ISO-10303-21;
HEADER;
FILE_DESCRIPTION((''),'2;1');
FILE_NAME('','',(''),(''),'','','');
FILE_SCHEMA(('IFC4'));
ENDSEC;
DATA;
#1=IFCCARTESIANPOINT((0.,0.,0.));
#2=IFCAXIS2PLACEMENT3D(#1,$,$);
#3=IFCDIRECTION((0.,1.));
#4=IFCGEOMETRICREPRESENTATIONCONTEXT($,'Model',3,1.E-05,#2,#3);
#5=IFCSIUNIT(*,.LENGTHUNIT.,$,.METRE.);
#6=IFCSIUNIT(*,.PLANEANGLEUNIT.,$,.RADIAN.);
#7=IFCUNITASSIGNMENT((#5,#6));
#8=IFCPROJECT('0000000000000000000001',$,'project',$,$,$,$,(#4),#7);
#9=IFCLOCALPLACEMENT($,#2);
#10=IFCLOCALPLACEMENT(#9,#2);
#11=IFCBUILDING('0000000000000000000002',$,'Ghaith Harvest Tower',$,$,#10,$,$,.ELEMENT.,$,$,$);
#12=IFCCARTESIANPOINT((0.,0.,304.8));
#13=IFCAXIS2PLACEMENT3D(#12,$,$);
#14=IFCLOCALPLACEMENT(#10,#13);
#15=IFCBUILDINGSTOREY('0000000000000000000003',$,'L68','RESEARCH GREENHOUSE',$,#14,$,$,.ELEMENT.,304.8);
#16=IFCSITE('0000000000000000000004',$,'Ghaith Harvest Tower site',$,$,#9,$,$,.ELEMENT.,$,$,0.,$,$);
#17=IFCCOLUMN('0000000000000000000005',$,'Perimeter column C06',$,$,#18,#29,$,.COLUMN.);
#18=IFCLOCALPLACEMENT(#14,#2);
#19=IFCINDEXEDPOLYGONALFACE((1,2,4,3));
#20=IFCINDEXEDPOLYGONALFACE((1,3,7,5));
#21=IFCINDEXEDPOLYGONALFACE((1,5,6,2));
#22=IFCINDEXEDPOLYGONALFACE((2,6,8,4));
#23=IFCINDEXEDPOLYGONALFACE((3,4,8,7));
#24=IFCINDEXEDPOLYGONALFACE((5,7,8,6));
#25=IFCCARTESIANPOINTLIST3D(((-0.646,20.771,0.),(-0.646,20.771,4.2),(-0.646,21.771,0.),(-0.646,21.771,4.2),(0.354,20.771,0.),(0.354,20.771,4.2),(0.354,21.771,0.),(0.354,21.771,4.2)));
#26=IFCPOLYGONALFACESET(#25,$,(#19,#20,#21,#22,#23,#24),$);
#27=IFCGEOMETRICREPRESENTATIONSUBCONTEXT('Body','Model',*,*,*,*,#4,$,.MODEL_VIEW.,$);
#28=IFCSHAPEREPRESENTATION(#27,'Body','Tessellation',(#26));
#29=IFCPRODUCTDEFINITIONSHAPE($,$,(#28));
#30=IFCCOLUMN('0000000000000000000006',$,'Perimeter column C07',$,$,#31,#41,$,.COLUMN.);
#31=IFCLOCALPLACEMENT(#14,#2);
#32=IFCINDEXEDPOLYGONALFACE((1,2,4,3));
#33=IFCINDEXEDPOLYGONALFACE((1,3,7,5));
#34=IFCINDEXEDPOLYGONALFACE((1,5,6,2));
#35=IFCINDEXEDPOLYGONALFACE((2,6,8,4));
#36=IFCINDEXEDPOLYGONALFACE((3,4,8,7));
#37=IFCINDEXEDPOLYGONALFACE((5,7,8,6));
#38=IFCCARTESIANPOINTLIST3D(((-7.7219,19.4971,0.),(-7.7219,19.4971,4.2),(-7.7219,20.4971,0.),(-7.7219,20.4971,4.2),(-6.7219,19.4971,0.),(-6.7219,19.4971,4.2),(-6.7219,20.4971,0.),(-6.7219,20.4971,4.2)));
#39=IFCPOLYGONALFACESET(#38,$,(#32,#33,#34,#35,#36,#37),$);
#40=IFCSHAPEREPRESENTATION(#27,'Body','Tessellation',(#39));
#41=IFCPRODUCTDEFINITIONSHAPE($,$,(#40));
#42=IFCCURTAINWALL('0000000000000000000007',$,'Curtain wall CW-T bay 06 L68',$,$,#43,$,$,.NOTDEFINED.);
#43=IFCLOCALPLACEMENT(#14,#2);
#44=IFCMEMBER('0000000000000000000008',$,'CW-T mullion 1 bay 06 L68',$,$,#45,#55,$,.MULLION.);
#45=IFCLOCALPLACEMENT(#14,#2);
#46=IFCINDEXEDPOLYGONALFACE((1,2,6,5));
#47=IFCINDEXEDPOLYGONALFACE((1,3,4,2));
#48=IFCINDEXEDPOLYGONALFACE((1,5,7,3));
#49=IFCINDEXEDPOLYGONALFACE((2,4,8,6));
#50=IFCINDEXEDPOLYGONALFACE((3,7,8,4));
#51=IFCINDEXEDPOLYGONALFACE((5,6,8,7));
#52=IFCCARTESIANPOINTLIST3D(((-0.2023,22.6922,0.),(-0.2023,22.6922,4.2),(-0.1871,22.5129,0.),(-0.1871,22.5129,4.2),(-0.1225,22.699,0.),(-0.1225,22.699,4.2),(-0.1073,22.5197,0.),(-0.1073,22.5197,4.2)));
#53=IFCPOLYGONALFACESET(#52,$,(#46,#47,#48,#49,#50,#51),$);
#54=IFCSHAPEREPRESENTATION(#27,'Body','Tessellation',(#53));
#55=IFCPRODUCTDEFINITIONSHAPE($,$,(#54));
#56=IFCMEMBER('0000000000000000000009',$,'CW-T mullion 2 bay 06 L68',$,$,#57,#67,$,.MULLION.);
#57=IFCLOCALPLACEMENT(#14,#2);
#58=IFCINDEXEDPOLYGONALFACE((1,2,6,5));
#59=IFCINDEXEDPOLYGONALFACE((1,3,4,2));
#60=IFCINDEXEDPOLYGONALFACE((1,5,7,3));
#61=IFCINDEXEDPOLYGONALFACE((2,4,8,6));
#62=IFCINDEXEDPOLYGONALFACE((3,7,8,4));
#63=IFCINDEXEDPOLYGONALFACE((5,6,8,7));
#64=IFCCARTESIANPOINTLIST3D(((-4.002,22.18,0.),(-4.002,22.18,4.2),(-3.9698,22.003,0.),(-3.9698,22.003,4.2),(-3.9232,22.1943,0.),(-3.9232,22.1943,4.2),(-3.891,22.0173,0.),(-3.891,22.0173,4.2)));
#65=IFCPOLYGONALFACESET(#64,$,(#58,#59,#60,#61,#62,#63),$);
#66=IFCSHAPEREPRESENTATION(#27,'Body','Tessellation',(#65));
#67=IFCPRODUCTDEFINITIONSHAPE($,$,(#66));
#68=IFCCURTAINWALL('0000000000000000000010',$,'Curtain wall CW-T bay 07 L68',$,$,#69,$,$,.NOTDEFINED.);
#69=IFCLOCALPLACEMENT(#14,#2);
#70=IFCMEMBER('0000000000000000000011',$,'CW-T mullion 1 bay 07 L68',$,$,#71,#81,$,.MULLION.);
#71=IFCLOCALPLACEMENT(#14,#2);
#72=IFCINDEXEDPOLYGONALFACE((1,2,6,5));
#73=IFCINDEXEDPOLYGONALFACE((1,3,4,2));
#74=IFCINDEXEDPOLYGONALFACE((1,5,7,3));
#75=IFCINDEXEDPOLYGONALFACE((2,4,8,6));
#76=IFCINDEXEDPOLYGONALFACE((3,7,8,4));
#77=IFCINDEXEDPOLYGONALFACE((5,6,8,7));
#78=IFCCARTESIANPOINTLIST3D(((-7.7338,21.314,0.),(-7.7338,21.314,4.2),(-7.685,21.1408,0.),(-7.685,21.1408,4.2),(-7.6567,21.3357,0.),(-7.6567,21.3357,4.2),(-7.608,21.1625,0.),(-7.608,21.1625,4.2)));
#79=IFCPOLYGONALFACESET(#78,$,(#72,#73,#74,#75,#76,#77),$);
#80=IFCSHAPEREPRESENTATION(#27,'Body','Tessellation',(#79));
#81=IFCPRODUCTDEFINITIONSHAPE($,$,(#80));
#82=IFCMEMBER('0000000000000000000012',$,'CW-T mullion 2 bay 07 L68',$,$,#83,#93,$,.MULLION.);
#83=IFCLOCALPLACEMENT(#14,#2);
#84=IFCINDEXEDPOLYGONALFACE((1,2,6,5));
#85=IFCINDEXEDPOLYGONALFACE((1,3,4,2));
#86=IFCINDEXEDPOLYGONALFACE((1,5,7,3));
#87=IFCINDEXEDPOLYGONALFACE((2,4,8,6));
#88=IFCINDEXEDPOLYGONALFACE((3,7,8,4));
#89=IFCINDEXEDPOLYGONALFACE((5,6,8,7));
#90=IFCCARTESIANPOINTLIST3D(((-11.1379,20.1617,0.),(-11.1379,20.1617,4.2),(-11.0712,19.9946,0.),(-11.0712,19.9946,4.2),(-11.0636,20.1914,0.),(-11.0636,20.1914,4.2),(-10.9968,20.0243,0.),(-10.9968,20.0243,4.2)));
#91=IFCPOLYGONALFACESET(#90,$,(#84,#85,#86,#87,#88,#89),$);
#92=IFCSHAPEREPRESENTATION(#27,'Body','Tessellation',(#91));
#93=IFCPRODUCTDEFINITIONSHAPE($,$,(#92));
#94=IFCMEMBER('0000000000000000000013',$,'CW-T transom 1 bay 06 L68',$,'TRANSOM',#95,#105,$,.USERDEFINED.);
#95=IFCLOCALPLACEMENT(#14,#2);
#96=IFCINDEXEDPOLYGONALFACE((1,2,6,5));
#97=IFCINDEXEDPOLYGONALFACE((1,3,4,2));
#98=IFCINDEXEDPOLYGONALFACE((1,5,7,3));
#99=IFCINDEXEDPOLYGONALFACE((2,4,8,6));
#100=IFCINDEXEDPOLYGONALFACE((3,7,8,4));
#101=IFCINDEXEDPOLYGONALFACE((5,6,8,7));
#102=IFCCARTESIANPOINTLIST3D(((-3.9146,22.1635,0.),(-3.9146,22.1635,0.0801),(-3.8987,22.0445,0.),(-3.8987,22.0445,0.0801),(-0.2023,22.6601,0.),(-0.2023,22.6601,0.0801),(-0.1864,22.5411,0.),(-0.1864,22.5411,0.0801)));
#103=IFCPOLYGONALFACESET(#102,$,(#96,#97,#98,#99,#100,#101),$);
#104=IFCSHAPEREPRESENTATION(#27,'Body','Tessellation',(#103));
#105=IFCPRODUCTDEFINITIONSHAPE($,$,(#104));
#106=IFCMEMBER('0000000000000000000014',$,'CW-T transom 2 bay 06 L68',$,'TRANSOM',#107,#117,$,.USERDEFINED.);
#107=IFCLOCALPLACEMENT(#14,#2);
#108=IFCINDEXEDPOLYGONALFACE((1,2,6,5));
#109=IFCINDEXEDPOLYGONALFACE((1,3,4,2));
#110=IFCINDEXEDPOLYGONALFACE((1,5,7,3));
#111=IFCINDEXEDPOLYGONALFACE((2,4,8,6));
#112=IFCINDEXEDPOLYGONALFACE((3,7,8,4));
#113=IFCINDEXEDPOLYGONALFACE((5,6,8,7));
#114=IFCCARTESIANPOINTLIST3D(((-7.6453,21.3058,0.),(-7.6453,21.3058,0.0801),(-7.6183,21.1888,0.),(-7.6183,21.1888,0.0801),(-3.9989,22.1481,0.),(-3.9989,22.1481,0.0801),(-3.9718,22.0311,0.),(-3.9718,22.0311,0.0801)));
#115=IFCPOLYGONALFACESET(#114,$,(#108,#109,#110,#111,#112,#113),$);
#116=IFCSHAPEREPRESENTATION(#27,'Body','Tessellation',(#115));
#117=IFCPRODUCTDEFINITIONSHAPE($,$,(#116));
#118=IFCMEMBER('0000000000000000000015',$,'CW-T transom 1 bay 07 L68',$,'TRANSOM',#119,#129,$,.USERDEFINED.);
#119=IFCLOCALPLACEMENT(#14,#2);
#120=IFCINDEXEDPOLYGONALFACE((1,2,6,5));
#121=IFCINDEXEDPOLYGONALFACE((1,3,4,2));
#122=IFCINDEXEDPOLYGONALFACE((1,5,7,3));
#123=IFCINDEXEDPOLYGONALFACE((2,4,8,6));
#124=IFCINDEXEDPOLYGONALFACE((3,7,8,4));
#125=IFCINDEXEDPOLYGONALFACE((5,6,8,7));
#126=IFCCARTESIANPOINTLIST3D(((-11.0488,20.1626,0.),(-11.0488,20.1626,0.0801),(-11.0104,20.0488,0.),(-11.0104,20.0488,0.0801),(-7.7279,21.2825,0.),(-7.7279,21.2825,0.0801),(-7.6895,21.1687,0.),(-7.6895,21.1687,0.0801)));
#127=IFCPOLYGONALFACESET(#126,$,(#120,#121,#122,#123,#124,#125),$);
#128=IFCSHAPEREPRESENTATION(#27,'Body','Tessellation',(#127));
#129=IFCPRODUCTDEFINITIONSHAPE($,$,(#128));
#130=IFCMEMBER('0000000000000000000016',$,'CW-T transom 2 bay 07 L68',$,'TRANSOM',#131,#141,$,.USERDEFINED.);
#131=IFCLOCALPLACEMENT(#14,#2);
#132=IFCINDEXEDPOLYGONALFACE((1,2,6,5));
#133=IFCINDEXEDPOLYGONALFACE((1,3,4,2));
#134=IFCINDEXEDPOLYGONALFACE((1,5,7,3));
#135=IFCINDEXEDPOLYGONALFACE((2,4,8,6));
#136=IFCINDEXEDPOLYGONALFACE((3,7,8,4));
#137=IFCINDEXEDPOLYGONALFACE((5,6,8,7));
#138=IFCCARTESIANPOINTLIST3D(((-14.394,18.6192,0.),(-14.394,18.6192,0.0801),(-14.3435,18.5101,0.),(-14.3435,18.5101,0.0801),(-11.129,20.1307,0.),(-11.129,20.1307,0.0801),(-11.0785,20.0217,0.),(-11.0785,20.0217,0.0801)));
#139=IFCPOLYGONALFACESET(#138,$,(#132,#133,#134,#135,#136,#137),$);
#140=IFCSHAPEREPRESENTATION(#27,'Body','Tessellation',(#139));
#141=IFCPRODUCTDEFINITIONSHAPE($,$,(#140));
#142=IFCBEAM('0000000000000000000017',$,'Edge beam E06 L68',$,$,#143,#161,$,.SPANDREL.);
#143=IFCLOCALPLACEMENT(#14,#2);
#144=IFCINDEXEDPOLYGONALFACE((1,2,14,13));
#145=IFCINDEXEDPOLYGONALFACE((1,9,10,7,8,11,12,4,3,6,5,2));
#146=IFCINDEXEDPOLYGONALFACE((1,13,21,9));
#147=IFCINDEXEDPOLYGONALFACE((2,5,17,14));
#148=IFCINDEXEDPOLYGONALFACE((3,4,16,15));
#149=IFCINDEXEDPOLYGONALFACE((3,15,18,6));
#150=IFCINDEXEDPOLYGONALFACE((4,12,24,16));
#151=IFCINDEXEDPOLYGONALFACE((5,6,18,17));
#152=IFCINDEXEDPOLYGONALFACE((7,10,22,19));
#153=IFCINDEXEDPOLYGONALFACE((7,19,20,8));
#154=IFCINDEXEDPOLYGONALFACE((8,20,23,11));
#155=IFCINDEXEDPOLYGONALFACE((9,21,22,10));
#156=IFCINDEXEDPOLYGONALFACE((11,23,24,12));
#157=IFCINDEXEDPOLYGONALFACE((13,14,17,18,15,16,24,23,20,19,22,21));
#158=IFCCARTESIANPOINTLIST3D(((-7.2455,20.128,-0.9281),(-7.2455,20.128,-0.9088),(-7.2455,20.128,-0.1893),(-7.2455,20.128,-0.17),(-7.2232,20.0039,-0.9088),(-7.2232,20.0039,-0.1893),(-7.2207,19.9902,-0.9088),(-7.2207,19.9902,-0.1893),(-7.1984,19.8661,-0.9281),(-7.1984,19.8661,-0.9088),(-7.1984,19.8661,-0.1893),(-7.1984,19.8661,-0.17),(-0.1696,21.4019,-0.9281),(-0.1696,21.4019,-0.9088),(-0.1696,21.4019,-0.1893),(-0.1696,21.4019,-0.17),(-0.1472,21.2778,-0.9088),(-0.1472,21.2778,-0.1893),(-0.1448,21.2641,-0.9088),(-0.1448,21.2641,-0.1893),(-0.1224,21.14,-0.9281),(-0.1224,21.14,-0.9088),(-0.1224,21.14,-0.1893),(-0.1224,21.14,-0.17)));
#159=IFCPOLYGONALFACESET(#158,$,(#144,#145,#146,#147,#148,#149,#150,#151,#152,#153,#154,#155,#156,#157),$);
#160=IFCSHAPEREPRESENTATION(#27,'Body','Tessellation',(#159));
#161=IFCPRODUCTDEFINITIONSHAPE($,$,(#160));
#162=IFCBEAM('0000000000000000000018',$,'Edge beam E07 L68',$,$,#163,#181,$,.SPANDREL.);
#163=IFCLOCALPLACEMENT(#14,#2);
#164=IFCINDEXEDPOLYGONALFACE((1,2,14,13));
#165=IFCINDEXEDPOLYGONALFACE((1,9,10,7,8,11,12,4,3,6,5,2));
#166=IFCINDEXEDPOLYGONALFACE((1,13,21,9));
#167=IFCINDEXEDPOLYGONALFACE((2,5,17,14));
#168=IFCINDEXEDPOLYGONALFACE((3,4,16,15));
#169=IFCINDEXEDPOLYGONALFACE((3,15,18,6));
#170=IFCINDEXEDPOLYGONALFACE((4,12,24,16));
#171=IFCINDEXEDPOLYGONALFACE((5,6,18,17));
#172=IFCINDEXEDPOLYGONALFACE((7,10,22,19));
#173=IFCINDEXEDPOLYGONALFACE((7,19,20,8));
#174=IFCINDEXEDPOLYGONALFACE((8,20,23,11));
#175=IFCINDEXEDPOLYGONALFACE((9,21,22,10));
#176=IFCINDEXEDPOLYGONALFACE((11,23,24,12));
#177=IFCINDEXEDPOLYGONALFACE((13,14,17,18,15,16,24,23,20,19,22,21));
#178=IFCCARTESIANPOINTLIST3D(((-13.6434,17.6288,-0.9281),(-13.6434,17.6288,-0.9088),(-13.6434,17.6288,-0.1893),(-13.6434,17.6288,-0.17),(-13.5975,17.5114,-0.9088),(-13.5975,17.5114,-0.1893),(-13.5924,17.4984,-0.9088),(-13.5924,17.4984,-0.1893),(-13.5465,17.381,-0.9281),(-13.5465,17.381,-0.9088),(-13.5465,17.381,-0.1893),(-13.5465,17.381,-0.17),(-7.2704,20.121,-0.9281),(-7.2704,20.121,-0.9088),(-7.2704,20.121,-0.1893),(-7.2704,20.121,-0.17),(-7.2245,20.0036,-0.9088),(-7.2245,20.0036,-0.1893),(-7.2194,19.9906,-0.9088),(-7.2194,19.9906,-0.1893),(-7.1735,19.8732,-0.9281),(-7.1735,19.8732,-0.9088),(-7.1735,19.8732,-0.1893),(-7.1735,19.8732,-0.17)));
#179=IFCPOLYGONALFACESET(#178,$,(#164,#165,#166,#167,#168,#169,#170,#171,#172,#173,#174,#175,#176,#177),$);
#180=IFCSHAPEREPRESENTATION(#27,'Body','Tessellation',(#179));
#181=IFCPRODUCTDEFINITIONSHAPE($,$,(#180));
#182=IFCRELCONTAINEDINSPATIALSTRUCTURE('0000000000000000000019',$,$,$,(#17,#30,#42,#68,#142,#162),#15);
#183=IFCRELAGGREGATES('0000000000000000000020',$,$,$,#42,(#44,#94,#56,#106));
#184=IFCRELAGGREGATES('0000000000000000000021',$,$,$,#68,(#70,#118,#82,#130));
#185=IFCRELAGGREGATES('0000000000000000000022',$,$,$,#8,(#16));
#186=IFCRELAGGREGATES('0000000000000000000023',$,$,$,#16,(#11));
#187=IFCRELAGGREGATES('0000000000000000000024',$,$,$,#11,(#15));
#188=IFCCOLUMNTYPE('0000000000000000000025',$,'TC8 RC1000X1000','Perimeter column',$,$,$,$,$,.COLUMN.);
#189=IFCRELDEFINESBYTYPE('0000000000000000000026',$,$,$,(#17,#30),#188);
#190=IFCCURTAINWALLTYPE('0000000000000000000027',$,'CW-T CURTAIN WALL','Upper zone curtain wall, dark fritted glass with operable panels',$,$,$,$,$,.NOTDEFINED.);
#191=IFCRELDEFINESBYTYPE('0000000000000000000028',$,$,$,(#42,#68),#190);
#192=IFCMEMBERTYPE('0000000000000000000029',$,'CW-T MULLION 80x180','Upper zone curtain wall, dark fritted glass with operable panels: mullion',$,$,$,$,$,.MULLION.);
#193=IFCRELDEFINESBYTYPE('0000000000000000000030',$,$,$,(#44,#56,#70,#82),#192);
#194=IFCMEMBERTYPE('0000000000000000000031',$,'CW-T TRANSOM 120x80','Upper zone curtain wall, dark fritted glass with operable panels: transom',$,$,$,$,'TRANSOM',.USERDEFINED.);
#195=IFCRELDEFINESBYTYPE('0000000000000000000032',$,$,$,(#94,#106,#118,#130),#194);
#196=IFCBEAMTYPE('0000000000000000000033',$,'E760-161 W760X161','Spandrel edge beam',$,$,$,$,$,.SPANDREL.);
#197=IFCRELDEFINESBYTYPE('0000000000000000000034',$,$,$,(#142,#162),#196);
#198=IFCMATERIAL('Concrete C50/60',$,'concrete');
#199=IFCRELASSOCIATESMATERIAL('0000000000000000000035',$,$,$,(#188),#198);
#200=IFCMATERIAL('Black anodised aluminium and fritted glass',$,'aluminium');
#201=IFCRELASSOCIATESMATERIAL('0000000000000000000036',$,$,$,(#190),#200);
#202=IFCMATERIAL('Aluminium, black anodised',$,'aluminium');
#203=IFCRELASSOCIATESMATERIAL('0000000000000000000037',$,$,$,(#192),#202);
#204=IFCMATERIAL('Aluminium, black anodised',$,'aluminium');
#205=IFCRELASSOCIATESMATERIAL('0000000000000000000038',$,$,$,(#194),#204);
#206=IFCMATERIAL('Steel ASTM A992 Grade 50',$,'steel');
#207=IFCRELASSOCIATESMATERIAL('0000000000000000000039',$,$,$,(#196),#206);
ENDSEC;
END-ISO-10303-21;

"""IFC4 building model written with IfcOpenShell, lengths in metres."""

from ifc_helpers import new_model, si_unit, direction, frame, origin, origin_2d, place, context, subcontext, project, spatial, rectangle, i_section, extrude, material, material_profile, profile_set, type_object, element, aggregate, save


model = new_model("IFC4")

# Units and contexts
model_context = context("Model", 3, precision=1e-05, world=origin(), true_north=direction((0.0, 1.0)))
body_context = subcontext(model_context, "Body", "Model", "MODEL_VIEW")
ifc_project = project(units=[si_unit("LENGTHUNIT", "METRE"), si_unit("PLANEANGLEUNIT", "RADIAN")], contexts=[model_context])

# Site, building, storey
site_placement = place(None, origin())
site = spatial("IfcSite", under=ifc_project, at=site_placement, Name="Ghaith Harvest Tower site", CompositionType="ELEMENT", RefElevation=0.0)
building_placement = place(site_placement, origin())
building = spatial("IfcBuilding", under=site, at=building_placement, Name="Ghaith Harvest Tower", CompositionType="ELEMENT")
storey_placement = place(building_placement, frame((0.0, 0.0, 304.8)))
storey = spatial("IfcBuildingStorey", under=building, at=storey_placement, Name="L68", Description="RESEARCH GREENHOUSE", CompositionType="ELEMENT", Elevation=304.8)

# Columns
ifc_material_1 = material(Name="Concrete C50/60", Category="concrete")
ifc_material_profile_1 = material_profile(ifc_material_1, rectangle(XDim=1.0, YDim=1.0, at=origin_2d()), Name="RC1000X1000")
ifc_profile_set_1 = profile_set([ifc_material_profile_1], Name="Concrete C50/60")
column_type = type_object("IfcColumnType", Name="TC8 RC1000X1000", Description="Perimeter column", PredefinedType="COLUMN", material=ifc_profile_set_1)
for number, where, z_axis, x_axis, name in (
    (1, (-0.146, 21.271, 0.0), (0.0, 0.0, 1.0), (1.0, 0.0, 0.0), "Perimeter column C06"),
    (2, (-7.2219, 19.9971, 0.0), (0.0, 0.0, 1.0), (1.0, 0.0, 0.0), "Perimeter column C07"),
):
    element("IfcColumn", number, at=place(storey_placement, frame(where, z_axis=z_axis, x_axis=x_axis)), inside=storey, type_object=column_type, Name=name, PredefinedType="COLUMN", context=body_context, shape_type="SweptSolid", body=[
        extrude(rectangle(XDim=1.0, YDim=1.0, at=origin_2d()), origin(), (0.0, 0.0, 1.0), 4.2),
    ])

# Curtain walls, members
ifc_material_2 = material(Name="Black anodised aluminium and fritted glass", Category="aluminium")
curtain_wall_type = type_object("IfcCurtainWallType", Name="CW-T CURTAIN WALL", Description="Upper zone curtain wall, dark fritted glass with operable panels", PredefinedType="NOTDEFINED", material=ifc_material_2)
curtain_wall_1_placement = place(storey_placement, origin())
curtain_wall_1 = element("IfcCurtainWall", 3, at=curtain_wall_1_placement, inside=storey, type_object=curtain_wall_type, Name="Curtain wall CW-T bay 06 L68", PredefinedType="NOTDEFINED")
ifc_material_3 = material(Name="Aluminium, black anodised", Category="aluminium")
ifc_material_profile_2 = material_profile(ifc_material_3, rectangle(XDim=0.0801, YDim=0.1799, at=origin_2d()), Name="CW-T MULLION 80x180")
ifc_profile_set_2 = profile_set([ifc_material_profile_2], Name="Aluminium, black anodised")
member_type_1 = type_object("IfcMemberType", Name="CW-T MULLION 80x180", Description="Upper zone curtain wall, dark fritted glass with operable panels: mullion", PredefinedType="MULLION", material=ifc_profile_set_2)
member_1_placement = place(storey_placement, frame((-0.1548, 22.606, 0.0), z_axis=(0.0, 0.0, 1.0), x_axis=(-0.996415, -0.084602, 0.0)))
member_1 = element("IfcMember", 4, at=member_1_placement, type_object=member_type_1, Name="CW-T mullion 1 bay 06 L68", PredefinedType="MULLION", context=body_context, shape_type="SweptSolid", body=[
    extrude(rectangle(XDim=0.0801, YDim=0.1799, at=origin_2d()), origin(), (0.0, 0.0, 1.0), 4.2),
])
member_2_placement = place(storey_placement, frame((-3.9465, 22.0986, 0.0), z_axis=(0.0, 0.0, 1.0), x_axis=(-0.983843, -0.179031, 0.0)))
member_2 = element("IfcMember", 5, at=member_2_placement, type_object=member_type_1, Name="CW-T mullion 2 bay 06 L68", PredefinedType="MULLION", context=body_context, shape_type="SweptSolid", body=[
    extrude(rectangle(XDim=0.0801, YDim=0.1799, at=origin_2d()), origin(), (0.0, 0.0, 1.0), 4.2),
])
curtain_wall_2_placement = place(storey_placement, origin())
curtain_wall_2 = element("IfcCurtainWall", 6, at=curtain_wall_2_placement, inside=storey, type_object=curtain_wall_type, Name="Curtain wall CW-T bay 07 L68", PredefinedType="NOTDEFINED")
member_3_placement = place(storey_placement, frame((-7.6709, 21.2383, 0.0), z_axis=(0.0, 0.0, 1.0), x_axis=(-0.962552, -0.271095, 0.0)))
member_3 = element("IfcMember", 7, at=member_3_placement, type_object=member_type_1, Name="CW-T mullion 1 bay 07 L68", PredefinedType="MULLION", context=body_context, shape_type="SweptSolid", body=[
    extrude(rectangle(XDim=0.0801, YDim=0.1799, at=origin_2d()), origin(), (0.0, 0.0, 1.0), 4.2),
])
member_4_placement = place(storey_placement, frame((-11.0674, 20.093, 0.0), z_axis=(0.0, 0.0, 1.0), x_axis=(-0.928624, -0.371021, 0.0)))
member_4 = element("IfcMember", 8, at=member_4_placement, type_object=member_type_1, Name="CW-T mullion 2 bay 07 L68", PredefinedType="MULLION", context=body_context, shape_type="SweptSolid", body=[
    extrude(rectangle(XDim=0.0801, YDim=0.1799, at=origin_2d()), origin(), (0.0, 0.0, 1.0), 4.2),
])

# Members
ifc_material_4 = material(Name="Aluminium, black anodised", Category="aluminium")
ifc_material_profile_3 = material_profile(ifc_material_4, rectangle(XDim=0.1201, YDim=0.0801, at=origin_2d()), Name="CW-T TRANSOM 120x80")
ifc_profile_set_3 = profile_set([ifc_material_profile_3], Name="Aluminium, black anodised")
member_type_2 = type_object("IfcMemberType", Name="CW-T TRANSOM 120x80", Description="Upper zone curtain wall, dark fritted glass with operable panels: transom", ElementType="TRANSOM", PredefinedType="USERDEFINED", material=ifc_profile_set_3)
member_5_placement = place(storey_placement, frame((-0.1943, 22.6006, 0.04), z_axis=(-0.991172, -0.132582, 0.0), x_axis=(0.132582, -0.991172, 0.0)))
member_5 = element("IfcMember", 9, at=member_5_placement, type_object=member_type_2, Name="CW-T transom 1 bay 06 L68", ObjectType="TRANSOM", PredefinedType="USERDEFINED", context=body_context, shape_type="SweptSolid", body=[
    extrude(rectangle(XDim=0.1201, YDim=0.0801, at=origin_2d()), origin(), (0.0, 0.0, 1.0), 3.7454),
])
member_6_placement = place(storey_placement, frame((-3.9854, 22.0896, 0.04), z_axis=(-0.974345, -0.22506, 0.0), x_axis=(0.22506, -0.974345, 0.0)))
member_6 = element("IfcMember", 10, at=member_6_placement, type_object=member_type_2, Name="CW-T transom 2 bay 06 L68", ObjectType="TRANSOM", PredefinedType="USERDEFINED", context=body_context, shape_type="SweptSolid", body=[
    extrude(rectangle(XDim=0.1201, YDim=0.0801, at=origin_2d()), origin(), (0.0, 0.0, 1.0), 3.7424),
])
member_7_placement = place(storey_placement, frame((-7.7087, 21.2256, 0.04), z_axis=(-0.94757, -0.319549, 0.0), x_axis=(0.319549, -0.94757, 0.0)))
member_7 = element("IfcMember", 11, at=member_7_placement, type_object=member_type_2, Name="CW-T transom 1 bay 07 L68", ObjectType="TRANSOM", PredefinedType="USERDEFINED", context=body_context, shape_type="SweptSolid", body=[
    extrude(rectangle(XDim=0.1201, YDim=0.0801, at=origin_2d()), origin(), (0.0, 0.0, 1.0), 3.5046),
])
member_8_placement = place(storey_placement, frame((-11.1038, 20.0762, 0.04), z_axis=(-0.907472, -0.420112, 0.0), x_axis=(0.420112, -0.907472, 0.0)))
member_8 = element("IfcMember", 12, at=member_8_placement, type_object=member_type_2, Name="CW-T transom 2 bay 07 L68", ObjectType="TRANSOM", PredefinedType="USERDEFINED", context=body_context, shape_type="SweptSolid", body=[
    extrude(rectangle(XDim=0.1201, YDim=0.0801, at=origin_2d()), origin(), (0.0, 0.0, 1.0), 3.5979),
])

# Beams
ifc_material_5 = material(Name="Steel ASTM A992 Grade 50", Category="steel")
ifc_material_profile_4 = material_profile(ifc_material_5, i_section(OverallWidth=0.2661, OverallDepth=0.7581, WebThickness=0.0139, FlangeThickness=0.0193, at=origin_2d()), Name="W760X161")
ifc_profile_set_4 = profile_set([ifc_material_profile_4], Name="Steel ASTM A992 Grade 50")
beam_type_1 = type_object("IfcBeamType", Name="E760-161 W760X161", Description="Spandrel edge beam", PredefinedType="SPANDREL", material=ifc_profile_set_4)
beam_1_placement = place(storey_placement, frame((-0.146, 21.271, -0.5491), z_axis=(-0.984177, -0.177188, 0.0), x_axis=(0.177188, -0.984177, 0.0)))
element("IfcBeam", 13, at=beam_1_placement, inside=storey, type_object=beam_type_1, Name="Edge beam E06 L68", PredefinedType="SPANDREL", context=body_context, shape_type="SweptSolid", body=[
    extrude(i_section(OverallWidth=0.2661, OverallDepth=0.7581, WebThickness=0.0139, FlangeThickness=0.0193, at=origin_2d()), origin(), (0.0, 0.0, 1.0), 7.1897),
])
beam_2_placement = place(storey_placement, frame((-7.2219, 19.9971, -0.5491), z_axis=(-0.931323, -0.364195, 0.0), x_axis=(0.364195, -0.931323, 0.0)))
element("IfcBeam", 14, at=beam_2_placement, inside=storey, type_object=beam_type_1, Name="Edge beam E07 L68", PredefinedType="SPANDREL", context=body_context, shape_type="SweptSolid", body=[
    extrude(i_section(OverallWidth=0.2661, OverallDepth=0.7581, WebThickness=0.0139, FlangeThickness=0.0193, at=origin_2d()), origin(), (0.0, 0.0, 1.0), 6.843),
])

aggregate(curtain_wall_1, [member_1, member_5, member_2, member_6])
aggregate(curtain_wall_2, [member_3, member_7, member_4, member_8])

save(model, "model.ifc")
